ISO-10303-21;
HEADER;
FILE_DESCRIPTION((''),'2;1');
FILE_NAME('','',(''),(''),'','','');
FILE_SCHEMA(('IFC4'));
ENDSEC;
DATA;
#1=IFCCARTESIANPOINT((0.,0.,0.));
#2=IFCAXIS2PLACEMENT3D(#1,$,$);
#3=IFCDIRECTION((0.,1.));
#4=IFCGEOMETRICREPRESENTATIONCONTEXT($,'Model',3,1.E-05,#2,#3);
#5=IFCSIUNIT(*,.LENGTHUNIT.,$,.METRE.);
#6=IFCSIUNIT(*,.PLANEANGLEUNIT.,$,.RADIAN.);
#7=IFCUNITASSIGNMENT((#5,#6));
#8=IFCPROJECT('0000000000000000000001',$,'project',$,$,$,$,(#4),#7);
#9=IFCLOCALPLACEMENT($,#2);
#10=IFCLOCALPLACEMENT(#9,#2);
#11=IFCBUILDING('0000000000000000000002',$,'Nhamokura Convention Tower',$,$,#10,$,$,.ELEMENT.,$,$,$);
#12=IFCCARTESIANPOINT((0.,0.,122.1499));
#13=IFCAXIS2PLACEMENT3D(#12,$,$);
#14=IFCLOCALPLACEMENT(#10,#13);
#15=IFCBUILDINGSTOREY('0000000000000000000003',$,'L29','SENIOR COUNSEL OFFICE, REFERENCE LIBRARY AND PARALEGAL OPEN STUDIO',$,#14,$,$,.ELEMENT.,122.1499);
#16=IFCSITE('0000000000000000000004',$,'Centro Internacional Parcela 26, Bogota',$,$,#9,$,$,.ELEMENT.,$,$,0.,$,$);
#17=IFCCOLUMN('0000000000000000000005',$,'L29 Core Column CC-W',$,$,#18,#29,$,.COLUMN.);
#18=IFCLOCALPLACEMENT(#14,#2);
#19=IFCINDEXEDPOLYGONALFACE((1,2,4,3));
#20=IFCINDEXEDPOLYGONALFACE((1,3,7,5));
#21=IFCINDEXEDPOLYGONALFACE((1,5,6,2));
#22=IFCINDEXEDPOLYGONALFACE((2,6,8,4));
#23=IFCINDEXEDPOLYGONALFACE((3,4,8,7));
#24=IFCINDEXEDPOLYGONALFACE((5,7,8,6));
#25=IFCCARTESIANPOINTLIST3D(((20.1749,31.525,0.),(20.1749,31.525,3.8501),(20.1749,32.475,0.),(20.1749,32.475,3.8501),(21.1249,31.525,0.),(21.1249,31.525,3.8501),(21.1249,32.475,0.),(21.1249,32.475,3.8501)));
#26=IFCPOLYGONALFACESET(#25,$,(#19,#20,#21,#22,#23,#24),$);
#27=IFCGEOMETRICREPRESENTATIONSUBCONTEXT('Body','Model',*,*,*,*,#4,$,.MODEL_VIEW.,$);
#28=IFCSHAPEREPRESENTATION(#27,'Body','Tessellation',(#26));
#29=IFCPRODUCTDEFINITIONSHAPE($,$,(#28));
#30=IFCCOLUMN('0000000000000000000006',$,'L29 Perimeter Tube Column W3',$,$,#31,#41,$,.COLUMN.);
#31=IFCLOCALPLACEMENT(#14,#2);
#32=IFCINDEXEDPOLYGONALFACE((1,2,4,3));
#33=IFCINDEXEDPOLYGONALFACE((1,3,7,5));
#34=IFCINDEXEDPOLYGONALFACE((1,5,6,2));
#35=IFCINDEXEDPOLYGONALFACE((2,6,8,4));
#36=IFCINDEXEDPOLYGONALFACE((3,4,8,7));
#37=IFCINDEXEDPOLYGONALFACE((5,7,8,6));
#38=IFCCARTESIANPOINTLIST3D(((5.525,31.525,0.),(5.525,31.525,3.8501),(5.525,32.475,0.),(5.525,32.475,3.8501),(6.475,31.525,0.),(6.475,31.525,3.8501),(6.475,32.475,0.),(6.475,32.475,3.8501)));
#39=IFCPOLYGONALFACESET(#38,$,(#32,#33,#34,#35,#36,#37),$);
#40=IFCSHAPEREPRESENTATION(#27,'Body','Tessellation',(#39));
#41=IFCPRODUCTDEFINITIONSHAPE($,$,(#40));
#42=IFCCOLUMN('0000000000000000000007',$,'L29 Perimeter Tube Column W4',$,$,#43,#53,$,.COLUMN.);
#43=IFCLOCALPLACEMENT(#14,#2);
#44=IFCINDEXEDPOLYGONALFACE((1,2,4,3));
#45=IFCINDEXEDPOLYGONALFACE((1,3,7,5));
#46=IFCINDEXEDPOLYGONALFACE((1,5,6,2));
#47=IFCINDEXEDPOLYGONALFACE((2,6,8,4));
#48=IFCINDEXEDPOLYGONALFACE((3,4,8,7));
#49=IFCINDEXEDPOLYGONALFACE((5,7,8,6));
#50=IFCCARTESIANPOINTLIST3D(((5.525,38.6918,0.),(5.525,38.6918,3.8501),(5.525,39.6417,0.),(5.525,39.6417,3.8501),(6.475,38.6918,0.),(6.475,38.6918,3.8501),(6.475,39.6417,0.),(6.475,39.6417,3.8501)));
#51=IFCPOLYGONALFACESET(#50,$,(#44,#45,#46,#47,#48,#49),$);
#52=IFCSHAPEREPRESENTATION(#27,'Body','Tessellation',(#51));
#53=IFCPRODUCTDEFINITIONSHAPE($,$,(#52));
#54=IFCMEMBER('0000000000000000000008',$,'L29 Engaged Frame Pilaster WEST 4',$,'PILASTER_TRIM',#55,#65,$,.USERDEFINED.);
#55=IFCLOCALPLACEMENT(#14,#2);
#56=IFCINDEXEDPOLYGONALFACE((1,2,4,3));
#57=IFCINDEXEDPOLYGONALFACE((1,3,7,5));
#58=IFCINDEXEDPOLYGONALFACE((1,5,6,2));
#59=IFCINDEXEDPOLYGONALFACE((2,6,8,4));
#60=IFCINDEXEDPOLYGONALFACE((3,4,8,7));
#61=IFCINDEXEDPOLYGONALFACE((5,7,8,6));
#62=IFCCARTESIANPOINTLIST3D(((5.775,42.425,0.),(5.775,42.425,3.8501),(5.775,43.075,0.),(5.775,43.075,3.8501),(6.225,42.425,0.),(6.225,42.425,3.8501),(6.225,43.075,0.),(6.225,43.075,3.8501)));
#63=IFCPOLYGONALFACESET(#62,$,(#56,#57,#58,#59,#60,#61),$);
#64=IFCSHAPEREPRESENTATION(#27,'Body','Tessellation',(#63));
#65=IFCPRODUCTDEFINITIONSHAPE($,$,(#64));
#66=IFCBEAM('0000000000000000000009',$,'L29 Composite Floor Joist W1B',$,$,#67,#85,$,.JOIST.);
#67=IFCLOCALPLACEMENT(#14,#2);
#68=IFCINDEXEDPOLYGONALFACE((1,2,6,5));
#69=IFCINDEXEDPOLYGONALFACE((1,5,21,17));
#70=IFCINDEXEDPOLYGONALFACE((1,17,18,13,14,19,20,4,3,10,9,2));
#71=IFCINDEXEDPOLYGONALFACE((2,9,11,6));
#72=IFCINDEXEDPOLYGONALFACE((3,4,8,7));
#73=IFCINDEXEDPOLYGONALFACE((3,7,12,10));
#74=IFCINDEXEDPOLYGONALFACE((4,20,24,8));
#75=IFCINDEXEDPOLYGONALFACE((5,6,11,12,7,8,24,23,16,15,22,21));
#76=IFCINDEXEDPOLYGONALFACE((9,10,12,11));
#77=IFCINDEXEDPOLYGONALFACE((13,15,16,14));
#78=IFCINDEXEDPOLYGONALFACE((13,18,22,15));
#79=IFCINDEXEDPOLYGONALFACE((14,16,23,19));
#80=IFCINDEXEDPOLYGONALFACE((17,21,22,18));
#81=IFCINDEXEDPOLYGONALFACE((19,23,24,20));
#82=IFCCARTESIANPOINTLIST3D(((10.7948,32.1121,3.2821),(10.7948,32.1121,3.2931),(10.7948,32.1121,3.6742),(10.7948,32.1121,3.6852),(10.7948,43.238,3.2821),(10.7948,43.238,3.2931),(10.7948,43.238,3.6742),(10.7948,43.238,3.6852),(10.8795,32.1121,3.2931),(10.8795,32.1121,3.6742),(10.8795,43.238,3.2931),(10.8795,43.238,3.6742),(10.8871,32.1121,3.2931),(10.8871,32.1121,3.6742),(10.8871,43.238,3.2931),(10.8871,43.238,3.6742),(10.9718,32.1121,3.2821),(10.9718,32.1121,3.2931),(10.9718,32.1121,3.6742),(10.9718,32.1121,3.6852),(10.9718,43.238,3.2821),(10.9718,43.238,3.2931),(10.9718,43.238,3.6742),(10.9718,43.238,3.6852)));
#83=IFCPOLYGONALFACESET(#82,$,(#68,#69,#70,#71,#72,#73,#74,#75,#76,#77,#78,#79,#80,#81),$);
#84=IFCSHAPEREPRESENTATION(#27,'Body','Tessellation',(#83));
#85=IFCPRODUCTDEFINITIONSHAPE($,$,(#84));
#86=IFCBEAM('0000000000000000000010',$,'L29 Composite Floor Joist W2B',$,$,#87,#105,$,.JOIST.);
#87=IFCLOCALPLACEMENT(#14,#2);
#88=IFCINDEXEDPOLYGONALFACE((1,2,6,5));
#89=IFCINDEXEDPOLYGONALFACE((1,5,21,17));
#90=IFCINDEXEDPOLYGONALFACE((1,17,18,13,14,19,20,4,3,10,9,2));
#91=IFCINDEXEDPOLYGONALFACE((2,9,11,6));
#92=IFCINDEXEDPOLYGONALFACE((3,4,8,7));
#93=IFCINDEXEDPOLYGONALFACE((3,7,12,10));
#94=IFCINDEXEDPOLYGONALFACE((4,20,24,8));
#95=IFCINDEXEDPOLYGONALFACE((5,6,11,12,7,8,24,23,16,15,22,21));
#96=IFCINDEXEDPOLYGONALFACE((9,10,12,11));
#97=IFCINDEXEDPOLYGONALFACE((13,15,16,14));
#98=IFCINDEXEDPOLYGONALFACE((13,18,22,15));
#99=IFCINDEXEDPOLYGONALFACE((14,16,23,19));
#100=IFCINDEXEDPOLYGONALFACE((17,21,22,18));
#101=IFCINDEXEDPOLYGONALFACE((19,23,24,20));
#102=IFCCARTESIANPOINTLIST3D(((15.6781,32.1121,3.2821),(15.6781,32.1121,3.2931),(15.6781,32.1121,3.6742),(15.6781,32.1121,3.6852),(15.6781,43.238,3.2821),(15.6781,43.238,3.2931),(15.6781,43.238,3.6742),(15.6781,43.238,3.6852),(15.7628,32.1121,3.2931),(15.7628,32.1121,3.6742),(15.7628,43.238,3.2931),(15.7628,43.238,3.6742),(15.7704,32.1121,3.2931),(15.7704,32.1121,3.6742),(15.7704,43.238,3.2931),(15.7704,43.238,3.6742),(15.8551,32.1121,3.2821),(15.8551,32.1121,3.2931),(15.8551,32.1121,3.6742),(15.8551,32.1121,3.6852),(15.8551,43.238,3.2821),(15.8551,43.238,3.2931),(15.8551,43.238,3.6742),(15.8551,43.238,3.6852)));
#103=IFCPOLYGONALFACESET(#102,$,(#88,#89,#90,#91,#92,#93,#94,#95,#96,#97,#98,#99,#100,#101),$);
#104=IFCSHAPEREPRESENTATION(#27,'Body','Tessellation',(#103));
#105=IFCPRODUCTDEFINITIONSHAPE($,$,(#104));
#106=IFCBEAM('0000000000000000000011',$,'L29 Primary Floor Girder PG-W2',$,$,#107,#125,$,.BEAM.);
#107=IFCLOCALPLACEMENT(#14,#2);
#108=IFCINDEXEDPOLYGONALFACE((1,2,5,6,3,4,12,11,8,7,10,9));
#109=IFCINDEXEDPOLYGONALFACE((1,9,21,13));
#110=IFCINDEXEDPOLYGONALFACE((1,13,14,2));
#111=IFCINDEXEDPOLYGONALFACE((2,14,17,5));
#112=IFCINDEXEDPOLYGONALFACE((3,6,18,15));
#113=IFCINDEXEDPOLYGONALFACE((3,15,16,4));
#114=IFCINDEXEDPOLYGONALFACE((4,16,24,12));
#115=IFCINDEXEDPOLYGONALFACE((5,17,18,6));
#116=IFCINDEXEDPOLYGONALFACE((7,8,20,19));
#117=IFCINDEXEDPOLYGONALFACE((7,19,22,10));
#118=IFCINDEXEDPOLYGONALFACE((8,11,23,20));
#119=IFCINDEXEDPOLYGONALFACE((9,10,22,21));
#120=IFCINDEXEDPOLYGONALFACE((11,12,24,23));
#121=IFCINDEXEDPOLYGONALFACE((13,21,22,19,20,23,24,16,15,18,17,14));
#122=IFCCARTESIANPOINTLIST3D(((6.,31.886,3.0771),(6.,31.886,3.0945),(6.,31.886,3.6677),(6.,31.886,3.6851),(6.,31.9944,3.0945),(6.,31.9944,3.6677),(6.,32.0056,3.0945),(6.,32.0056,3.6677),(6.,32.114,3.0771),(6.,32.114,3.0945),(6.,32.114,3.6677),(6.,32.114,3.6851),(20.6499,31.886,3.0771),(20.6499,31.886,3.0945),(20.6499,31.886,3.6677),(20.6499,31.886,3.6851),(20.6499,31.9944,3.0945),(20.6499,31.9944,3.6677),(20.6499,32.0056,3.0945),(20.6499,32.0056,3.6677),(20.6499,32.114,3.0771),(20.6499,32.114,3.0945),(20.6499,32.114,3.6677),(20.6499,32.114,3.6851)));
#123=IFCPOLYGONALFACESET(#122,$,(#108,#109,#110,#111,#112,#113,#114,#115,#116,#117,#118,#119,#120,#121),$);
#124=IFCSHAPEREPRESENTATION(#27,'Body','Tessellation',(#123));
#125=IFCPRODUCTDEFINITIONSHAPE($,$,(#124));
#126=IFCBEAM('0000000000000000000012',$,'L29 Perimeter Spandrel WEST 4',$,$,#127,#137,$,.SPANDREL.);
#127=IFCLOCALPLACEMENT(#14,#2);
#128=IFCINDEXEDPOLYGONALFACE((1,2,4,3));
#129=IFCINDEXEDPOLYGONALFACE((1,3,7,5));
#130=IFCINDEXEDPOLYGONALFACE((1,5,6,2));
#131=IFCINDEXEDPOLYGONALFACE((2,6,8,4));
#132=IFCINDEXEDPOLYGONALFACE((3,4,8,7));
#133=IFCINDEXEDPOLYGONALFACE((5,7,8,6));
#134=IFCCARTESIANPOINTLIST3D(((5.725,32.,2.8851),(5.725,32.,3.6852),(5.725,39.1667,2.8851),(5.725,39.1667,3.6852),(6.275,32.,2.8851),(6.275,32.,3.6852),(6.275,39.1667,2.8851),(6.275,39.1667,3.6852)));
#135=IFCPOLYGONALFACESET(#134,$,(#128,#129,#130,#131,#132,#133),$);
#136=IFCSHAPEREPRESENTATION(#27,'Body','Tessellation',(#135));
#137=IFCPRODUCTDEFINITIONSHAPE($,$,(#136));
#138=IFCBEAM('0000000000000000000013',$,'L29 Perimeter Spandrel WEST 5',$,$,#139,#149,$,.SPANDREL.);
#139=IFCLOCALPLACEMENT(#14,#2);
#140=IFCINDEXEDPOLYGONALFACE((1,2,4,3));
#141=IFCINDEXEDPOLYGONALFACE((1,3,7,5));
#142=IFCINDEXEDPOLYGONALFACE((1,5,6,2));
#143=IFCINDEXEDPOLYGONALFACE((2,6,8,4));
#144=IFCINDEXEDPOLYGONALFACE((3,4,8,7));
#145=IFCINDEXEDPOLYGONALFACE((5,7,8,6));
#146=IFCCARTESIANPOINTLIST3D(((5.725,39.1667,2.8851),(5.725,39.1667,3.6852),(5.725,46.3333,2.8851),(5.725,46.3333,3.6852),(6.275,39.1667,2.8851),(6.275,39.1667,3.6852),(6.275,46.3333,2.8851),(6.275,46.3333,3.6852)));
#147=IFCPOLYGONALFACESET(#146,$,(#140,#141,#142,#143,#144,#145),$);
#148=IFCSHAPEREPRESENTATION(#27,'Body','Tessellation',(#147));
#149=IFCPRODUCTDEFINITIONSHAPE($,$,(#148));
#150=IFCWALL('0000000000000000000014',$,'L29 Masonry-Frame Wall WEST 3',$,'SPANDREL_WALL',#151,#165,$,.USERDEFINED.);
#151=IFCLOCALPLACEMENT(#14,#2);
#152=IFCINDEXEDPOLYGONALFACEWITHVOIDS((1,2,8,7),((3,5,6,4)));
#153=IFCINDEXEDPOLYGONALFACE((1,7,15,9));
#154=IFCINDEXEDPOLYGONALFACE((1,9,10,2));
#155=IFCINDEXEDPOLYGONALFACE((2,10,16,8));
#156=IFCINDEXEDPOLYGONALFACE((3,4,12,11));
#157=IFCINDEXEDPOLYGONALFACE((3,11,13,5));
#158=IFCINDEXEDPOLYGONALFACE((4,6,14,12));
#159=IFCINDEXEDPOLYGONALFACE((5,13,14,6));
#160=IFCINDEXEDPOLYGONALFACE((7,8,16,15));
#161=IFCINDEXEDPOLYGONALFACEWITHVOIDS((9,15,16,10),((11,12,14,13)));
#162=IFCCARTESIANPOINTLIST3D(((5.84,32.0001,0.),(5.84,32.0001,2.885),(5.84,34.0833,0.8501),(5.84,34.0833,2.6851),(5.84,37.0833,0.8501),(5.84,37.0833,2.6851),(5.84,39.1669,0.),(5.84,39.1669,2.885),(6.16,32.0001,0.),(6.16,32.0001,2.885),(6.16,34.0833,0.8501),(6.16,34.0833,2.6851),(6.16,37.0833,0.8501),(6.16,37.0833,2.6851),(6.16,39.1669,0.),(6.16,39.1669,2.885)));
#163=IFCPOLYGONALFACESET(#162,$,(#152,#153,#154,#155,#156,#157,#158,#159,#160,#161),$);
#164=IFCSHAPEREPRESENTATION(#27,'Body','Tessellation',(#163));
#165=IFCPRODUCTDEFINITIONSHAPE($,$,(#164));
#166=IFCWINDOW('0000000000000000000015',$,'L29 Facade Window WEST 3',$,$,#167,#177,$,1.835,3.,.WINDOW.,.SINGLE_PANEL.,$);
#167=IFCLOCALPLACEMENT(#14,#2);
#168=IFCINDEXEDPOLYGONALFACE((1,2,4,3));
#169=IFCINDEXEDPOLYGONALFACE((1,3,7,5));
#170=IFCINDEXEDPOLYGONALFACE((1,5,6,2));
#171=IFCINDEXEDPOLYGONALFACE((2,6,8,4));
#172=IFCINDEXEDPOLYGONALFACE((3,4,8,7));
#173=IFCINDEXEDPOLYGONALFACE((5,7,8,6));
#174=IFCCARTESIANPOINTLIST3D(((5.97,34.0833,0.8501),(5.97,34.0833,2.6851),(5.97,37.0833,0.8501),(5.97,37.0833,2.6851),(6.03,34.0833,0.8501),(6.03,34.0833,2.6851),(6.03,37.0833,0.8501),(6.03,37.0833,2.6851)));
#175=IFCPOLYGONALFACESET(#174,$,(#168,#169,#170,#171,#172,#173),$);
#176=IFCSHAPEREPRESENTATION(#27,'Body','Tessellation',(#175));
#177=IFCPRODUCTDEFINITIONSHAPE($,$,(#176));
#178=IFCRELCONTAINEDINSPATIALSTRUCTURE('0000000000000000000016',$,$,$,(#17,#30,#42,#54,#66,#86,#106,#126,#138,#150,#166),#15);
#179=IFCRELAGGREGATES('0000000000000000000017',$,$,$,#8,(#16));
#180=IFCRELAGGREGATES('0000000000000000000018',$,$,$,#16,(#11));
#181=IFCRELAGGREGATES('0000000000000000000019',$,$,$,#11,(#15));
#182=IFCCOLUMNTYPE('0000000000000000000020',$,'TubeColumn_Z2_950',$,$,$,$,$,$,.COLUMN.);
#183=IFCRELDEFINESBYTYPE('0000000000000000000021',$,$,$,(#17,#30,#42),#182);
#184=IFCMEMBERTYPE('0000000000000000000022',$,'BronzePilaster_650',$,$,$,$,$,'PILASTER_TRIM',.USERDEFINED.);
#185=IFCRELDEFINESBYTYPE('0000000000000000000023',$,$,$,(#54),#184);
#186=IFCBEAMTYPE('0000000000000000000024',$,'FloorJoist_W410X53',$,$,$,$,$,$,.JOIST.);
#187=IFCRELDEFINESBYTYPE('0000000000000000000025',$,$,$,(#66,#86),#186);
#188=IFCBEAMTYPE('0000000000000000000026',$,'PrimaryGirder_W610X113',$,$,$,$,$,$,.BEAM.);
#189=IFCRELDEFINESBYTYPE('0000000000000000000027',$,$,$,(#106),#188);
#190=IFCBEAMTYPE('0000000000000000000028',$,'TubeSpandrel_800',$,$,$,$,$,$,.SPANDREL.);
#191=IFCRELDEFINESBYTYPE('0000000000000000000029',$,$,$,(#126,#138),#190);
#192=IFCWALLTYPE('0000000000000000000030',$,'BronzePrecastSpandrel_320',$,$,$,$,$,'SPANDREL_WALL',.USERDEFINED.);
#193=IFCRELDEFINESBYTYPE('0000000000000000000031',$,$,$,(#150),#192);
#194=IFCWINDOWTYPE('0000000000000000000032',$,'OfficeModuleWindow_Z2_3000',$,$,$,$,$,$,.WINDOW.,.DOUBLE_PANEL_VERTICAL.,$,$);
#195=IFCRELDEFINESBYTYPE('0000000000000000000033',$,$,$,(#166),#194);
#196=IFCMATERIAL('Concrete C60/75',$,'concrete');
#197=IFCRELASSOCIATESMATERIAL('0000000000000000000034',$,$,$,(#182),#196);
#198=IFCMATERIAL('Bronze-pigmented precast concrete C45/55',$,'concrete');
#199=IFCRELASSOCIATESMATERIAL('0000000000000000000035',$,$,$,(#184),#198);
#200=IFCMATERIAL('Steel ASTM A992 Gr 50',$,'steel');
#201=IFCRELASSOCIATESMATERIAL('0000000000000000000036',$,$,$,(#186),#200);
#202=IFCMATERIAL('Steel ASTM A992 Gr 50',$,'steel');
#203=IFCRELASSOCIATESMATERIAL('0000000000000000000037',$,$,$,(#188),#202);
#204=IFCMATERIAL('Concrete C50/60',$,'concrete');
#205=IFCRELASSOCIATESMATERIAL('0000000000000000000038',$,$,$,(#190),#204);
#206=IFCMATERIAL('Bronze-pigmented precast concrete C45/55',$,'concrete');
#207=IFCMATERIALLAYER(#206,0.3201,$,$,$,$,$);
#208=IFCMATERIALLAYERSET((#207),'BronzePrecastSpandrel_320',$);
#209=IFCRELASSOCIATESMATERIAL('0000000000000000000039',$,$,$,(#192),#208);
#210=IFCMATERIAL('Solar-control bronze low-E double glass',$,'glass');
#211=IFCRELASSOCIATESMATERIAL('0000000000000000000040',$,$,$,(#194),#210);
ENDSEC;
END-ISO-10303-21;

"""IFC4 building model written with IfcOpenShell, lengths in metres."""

from ifc_helpers import new_model, si_unit, direction, frame, frame_2d, origin, origin_2d, place, context, subcontext, project, spatial, rectangle, i_section, extrude, material, layer, layer_set, material_profile, profile_set, type_object, element, fill, save


model = new_model("IFC4")

# Units and contexts
model_context = context("Model", 3, precision=1e-05, world=origin(), true_north=direction((0.0, 1.0)))
body_context = subcontext(model_context, "Body", "Model", "MODEL_VIEW")
ifc_project = project(units=[si_unit("LENGTHUNIT", "METRE"), si_unit("PLANEANGLEUNIT", "RADIAN")], contexts=[model_context])

# Site, building, storey
site_placement = place(None, origin())
site = spatial("IfcSite", under=ifc_project, at=site_placement, Name="Centro Internacional Parcela 26, Bogota", CompositionType="ELEMENT", RefElevation=0.0)
building_placement = place(site_placement, origin())
building = spatial("IfcBuilding", under=site, at=building_placement, Name="Nhamokura Convention Tower", CompositionType="ELEMENT")
storey_placement = place(building_placement, frame((0.0, 0.0, 122.1499)))
storey = spatial("IfcBuildingStorey", under=building, at=storey_placement, Name="L29", Description="SENIOR COUNSEL OFFICE, REFERENCE LIBRARY AND PARALEGAL OPEN STUDIO", CompositionType="ELEMENT", Elevation=122.1499)

# Columns
ifc_material_1 = material(Name="Concrete C60/75", Category="concrete")
ifc_material_profile_1 = material_profile(ifc_material_1, rectangle(XDim=0.95, YDim=0.95, at=origin_2d()))
ifc_profile_set_1 = profile_set([ifc_material_profile_1], Name="Concrete C60/75")
column_type = type_object("IfcColumnType", Name="TubeColumn_Z2_950", PredefinedType="COLUMN", material=ifc_profile_set_1)
for number, where, z_axis, x_axis, name in (
    (1, (20.6499, 32.0, 0.0), (0.0, 0.0, 1.0), (1.0, 0.0, 0.0), "L29 Core Column CC-W"),
    (2, (6.0, 32.0, 0.0), (0.0, 0.0, 1.0), (1.0, 0.0, 0.0), "L29 Perimeter Tube Column W3"),
    (3, (6.0, 39.1667, 0.0), (0.0, 0.0, 1.0), (1.0, 0.0, 0.0), "L29 Perimeter Tube Column W4"),
):
    element("IfcColumn", number, at=place(storey_placement, frame(where, z_axis=z_axis, x_axis=x_axis)), inside=storey, type_object=column_type, Name=name, PredefinedType="COLUMN", context=body_context, shape_type="SweptSolid", body=[
        extrude(rectangle(XDim=0.95, YDim=0.95, at=origin_2d()), origin(), (0.0, 0.0, 1.0), 3.8501),
    ])

# Member
ifc_material_2 = material(Name="Bronze-pigmented precast concrete C45/55", Category="concrete")
ifc_material_profile_2 = material_profile(ifc_material_2, rectangle(XDim=0.45, YDim=0.6499, at=origin_2d()))
ifc_profile_set_2 = profile_set([ifc_material_profile_2], Name="Bronze-pigmented precast concrete C45/55")
member_type = type_object("IfcMemberType", Name="BronzePilaster_650", ElementType="PILASTER_TRIM", PredefinedType="USERDEFINED", material=ifc_profile_set_2)
member_placement = place(storey_placement, frame((6.0, 42.75, 0.0), z_axis=(0.0, 0.0, 1.0), x_axis=(1.0, 0.0, 0.0)))
element("IfcMember", 4, at=member_placement, inside=storey, type_object=member_type, Name="L29 Engaged Frame Pilaster WEST 4", ObjectType="PILASTER_TRIM", PredefinedType="USERDEFINED", context=body_context, shape_type="SweptSolid", body=[
    extrude(rectangle(XDim=0.45, YDim=0.6499, at=origin_2d()), origin(), (0.0, 0.0, 1.0), 3.8501),
])

# Beams
ifc_material_3 = material(Name="Steel ASTM A992 Gr 50", Category="steel")
ifc_material_profile_3 = material_profile(ifc_material_3, i_section(OverallWidth=0.177, OverallDepth=0.4031, WebThickness=0.0076, FlangeThickness=0.011, at=origin_2d()))
ifc_profile_set_3 = profile_set([ifc_material_profile_3], Name="Steel ASTM A992 Gr 50")
beam_type_1 = type_object("IfcBeamType", Name="FloorJoist_W410X53", PredefinedType="JOIST", material=ifc_profile_set_3)
for number, where, z_axis, x_axis, name in (
    (5, (10.8833, 32.1121, 3.4836), (0.0, 1.0, 0.0), (-1.0, 0.0, 0.0), "L29 Composite Floor Joist W1B"),
    (6, (15.7666, 32.1121, 3.4836), (0.0, 1.0, 0.0), (-1.0, 0.0, 0.0), "L29 Composite Floor Joist W2B"),
):
    element("IfcBeam", number, at=place(storey_placement, frame(where, z_axis=z_axis, x_axis=x_axis)), inside=storey, type_object=beam_type_1, Name=name, PredefinedType="JOIST", context=body_context, shape_type="SweptSolid", body=[
        extrude(i_section(OverallWidth=0.177, OverallDepth=0.4031, WebThickness=0.0076, FlangeThickness=0.011, at=origin_2d()), origin(), (0.0, 0.0, 1.0), 11.126),
    ])
ifc_material_4 = material(Name="Steel ASTM A992 Gr 50", Category="steel")
ifc_material_profile_4 = material_profile(ifc_material_4, i_section(OverallWidth=0.228, OverallDepth=0.6079, WebThickness=0.0112, FlangeThickness=0.0173, at=origin_2d()))
ifc_profile_set_4 = profile_set([ifc_material_profile_4], Name="Steel ASTM A992 Gr 50")
beam_type_2 = type_object("IfcBeamType", Name="PrimaryGirder_W610X113", PredefinedType="BEAM", material=ifc_profile_set_4)
beam_1_placement = place(storey_placement, frame((6.0, 32.0, 3.3811), z_axis=(1.0, 0.0, 0.0), x_axis=(0.0, 1.0, 0.0)))
element("IfcBeam", 7, at=beam_1_placement, inside=storey, type_object=beam_type_2, Name="L29 Primary Floor Girder PG-W2", PredefinedType="BEAM", context=body_context, shape_type="SweptSolid", body=[
    extrude(i_section(OverallWidth=0.228, OverallDepth=0.6079, WebThickness=0.0112, FlangeThickness=0.0173, at=origin_2d()), origin(), (0.0, 0.0, 1.0), 14.6499),
])
ifc_material_5 = material(Name="Concrete C50/60", Category="concrete")
ifc_material_profile_5 = material_profile(ifc_material_5, rectangle(XDim=0.55, YDim=0.8, at=origin_2d()))
ifc_profile_set_5 = profile_set([ifc_material_profile_5], Name="Concrete C50/60")
beam_type_3 = type_object("IfcBeamType", Name="TubeSpandrel_800", PredefinedType="SPANDREL", material=ifc_profile_set_5)
beam_2_placement = place(storey_placement, frame((6.0, 32.0, 3.2852), z_axis=(0.0, 1.0, 0.0), x_axis=(-1.0, 0.0, 0.0)))
element("IfcBeam", 8, at=beam_2_placement, inside=storey, type_object=beam_type_3, Name="L29 Perimeter Spandrel WEST 4", PredefinedType="SPANDREL", context=body_context, shape_type="SweptSolid", body=[
    extrude(rectangle(XDim=0.55, YDim=0.8, at=origin_2d()), origin(), (0.0, 0.0, 1.0), 7.1667),
])
beam_3_placement = place(storey_placement, frame((6.0, 39.1667, 3.2852), z_axis=(0.0, 1.0, 0.0), x_axis=(-1.0, 0.0, 0.0)))
element("IfcBeam", 9, at=beam_3_placement, inside=storey, type_object=beam_type_3, Name="L29 Perimeter Spandrel WEST 5", PredefinedType="SPANDREL", context=body_context, shape_type="SweptSolid", body=[
    extrude(rectangle(XDim=0.55, YDim=0.8, at=origin_2d()), origin(), (0.0, 0.0, 1.0), 7.1665),
])

# Wall, opening, window
ifc_material_6 = material(Name="Bronze-pigmented precast concrete C45/55", Category="concrete")
ifc_layer_1 = layer(ifc_material_6, 0.3201)
ifc_layer_set_1 = layer_set([ifc_layer_1], Name="BronzePrecastSpandrel_320")
wall_type_1 = type_object("IfcWallType", Name="BronzePrecastSpandrel_320", ElementType="SPANDREL_WALL", PredefinedType="USERDEFINED", material=ifc_layer_set_1)
wall_1_placement = place(storey_placement, frame((6.0, 32.0, 0.0), z_axis=(0.0, 0.0, 1.0), x_axis=(0.0, 1.0, 0.0)))
wall_1 = element("IfcWall", 10, at=wall_1_placement, inside=storey, type_object=wall_type_1, Name="L29 Masonry-Frame Wall WEST 3", ObjectType="SPANDREL_WALL", PredefinedType="USERDEFINED", context=body_context, shape_type="SweptSolid", body=[
    extrude(rectangle(XDim=7.1667, YDim=0.3201, at=frame_2d((3.5835, 0.0))), origin(), (0.0, 0.0, 1.0), 2.885),
])
opening_1_placement = place(wall_1_placement, frame((2.0833, 0.0, 0.8501)))
opening_1 = element("IfcOpeningElement", 11, at=opening_1_placement, cuts=wall_1, PredefinedType="OPENING", context=body_context, shape_type="SweptSolid", body=[
    extrude(rectangle(XDim=3.0, YDim=1.835, at=frame_2d((1.5, 0.9175))), frame((0.0, 0.1699, 0.0), z_axis=(0.0, -1.0, 0.0), x_axis=(1.0, 0.0, 0.0)), (0.0, 0.0, 1.0), 0.3401),
])
ifc_material_7 = material(Name="Solar-control bronze low-E double glass", Category="glass")
window_type_1 = type_object("IfcWindowType", Name="OfficeModuleWindow_Z2_3000", PartitioningType="DOUBLE_PANEL_VERTICAL", PredefinedType="WINDOW", material=ifc_material_7)
window_1_placement = place(opening_1_placement, origin())
window_1 = element("IfcWindow", 12, at=window_1_placement, inside=storey, type_object=window_type_1, Name="L29 Facade Window WEST 3", OverallHeight=1.835, OverallWidth=3.0, PartitioningType="SINGLE_PANEL", PredefinedType="WINDOW", context=body_context, shape_type="SweptSolid", body=[
    extrude(rectangle(XDim=3.0, YDim=1.835, at=frame_2d((1.5, 0.9175))), frame((0.0, 0.03, 0.0), z_axis=(0.0, -1.0, 0.0), x_axis=(1.0, 0.0, 0.0)), (0.0, 0.0, 1.0), 0.0601),
])
fill(opening_1, window_1)

save(model, "model.ifc")
